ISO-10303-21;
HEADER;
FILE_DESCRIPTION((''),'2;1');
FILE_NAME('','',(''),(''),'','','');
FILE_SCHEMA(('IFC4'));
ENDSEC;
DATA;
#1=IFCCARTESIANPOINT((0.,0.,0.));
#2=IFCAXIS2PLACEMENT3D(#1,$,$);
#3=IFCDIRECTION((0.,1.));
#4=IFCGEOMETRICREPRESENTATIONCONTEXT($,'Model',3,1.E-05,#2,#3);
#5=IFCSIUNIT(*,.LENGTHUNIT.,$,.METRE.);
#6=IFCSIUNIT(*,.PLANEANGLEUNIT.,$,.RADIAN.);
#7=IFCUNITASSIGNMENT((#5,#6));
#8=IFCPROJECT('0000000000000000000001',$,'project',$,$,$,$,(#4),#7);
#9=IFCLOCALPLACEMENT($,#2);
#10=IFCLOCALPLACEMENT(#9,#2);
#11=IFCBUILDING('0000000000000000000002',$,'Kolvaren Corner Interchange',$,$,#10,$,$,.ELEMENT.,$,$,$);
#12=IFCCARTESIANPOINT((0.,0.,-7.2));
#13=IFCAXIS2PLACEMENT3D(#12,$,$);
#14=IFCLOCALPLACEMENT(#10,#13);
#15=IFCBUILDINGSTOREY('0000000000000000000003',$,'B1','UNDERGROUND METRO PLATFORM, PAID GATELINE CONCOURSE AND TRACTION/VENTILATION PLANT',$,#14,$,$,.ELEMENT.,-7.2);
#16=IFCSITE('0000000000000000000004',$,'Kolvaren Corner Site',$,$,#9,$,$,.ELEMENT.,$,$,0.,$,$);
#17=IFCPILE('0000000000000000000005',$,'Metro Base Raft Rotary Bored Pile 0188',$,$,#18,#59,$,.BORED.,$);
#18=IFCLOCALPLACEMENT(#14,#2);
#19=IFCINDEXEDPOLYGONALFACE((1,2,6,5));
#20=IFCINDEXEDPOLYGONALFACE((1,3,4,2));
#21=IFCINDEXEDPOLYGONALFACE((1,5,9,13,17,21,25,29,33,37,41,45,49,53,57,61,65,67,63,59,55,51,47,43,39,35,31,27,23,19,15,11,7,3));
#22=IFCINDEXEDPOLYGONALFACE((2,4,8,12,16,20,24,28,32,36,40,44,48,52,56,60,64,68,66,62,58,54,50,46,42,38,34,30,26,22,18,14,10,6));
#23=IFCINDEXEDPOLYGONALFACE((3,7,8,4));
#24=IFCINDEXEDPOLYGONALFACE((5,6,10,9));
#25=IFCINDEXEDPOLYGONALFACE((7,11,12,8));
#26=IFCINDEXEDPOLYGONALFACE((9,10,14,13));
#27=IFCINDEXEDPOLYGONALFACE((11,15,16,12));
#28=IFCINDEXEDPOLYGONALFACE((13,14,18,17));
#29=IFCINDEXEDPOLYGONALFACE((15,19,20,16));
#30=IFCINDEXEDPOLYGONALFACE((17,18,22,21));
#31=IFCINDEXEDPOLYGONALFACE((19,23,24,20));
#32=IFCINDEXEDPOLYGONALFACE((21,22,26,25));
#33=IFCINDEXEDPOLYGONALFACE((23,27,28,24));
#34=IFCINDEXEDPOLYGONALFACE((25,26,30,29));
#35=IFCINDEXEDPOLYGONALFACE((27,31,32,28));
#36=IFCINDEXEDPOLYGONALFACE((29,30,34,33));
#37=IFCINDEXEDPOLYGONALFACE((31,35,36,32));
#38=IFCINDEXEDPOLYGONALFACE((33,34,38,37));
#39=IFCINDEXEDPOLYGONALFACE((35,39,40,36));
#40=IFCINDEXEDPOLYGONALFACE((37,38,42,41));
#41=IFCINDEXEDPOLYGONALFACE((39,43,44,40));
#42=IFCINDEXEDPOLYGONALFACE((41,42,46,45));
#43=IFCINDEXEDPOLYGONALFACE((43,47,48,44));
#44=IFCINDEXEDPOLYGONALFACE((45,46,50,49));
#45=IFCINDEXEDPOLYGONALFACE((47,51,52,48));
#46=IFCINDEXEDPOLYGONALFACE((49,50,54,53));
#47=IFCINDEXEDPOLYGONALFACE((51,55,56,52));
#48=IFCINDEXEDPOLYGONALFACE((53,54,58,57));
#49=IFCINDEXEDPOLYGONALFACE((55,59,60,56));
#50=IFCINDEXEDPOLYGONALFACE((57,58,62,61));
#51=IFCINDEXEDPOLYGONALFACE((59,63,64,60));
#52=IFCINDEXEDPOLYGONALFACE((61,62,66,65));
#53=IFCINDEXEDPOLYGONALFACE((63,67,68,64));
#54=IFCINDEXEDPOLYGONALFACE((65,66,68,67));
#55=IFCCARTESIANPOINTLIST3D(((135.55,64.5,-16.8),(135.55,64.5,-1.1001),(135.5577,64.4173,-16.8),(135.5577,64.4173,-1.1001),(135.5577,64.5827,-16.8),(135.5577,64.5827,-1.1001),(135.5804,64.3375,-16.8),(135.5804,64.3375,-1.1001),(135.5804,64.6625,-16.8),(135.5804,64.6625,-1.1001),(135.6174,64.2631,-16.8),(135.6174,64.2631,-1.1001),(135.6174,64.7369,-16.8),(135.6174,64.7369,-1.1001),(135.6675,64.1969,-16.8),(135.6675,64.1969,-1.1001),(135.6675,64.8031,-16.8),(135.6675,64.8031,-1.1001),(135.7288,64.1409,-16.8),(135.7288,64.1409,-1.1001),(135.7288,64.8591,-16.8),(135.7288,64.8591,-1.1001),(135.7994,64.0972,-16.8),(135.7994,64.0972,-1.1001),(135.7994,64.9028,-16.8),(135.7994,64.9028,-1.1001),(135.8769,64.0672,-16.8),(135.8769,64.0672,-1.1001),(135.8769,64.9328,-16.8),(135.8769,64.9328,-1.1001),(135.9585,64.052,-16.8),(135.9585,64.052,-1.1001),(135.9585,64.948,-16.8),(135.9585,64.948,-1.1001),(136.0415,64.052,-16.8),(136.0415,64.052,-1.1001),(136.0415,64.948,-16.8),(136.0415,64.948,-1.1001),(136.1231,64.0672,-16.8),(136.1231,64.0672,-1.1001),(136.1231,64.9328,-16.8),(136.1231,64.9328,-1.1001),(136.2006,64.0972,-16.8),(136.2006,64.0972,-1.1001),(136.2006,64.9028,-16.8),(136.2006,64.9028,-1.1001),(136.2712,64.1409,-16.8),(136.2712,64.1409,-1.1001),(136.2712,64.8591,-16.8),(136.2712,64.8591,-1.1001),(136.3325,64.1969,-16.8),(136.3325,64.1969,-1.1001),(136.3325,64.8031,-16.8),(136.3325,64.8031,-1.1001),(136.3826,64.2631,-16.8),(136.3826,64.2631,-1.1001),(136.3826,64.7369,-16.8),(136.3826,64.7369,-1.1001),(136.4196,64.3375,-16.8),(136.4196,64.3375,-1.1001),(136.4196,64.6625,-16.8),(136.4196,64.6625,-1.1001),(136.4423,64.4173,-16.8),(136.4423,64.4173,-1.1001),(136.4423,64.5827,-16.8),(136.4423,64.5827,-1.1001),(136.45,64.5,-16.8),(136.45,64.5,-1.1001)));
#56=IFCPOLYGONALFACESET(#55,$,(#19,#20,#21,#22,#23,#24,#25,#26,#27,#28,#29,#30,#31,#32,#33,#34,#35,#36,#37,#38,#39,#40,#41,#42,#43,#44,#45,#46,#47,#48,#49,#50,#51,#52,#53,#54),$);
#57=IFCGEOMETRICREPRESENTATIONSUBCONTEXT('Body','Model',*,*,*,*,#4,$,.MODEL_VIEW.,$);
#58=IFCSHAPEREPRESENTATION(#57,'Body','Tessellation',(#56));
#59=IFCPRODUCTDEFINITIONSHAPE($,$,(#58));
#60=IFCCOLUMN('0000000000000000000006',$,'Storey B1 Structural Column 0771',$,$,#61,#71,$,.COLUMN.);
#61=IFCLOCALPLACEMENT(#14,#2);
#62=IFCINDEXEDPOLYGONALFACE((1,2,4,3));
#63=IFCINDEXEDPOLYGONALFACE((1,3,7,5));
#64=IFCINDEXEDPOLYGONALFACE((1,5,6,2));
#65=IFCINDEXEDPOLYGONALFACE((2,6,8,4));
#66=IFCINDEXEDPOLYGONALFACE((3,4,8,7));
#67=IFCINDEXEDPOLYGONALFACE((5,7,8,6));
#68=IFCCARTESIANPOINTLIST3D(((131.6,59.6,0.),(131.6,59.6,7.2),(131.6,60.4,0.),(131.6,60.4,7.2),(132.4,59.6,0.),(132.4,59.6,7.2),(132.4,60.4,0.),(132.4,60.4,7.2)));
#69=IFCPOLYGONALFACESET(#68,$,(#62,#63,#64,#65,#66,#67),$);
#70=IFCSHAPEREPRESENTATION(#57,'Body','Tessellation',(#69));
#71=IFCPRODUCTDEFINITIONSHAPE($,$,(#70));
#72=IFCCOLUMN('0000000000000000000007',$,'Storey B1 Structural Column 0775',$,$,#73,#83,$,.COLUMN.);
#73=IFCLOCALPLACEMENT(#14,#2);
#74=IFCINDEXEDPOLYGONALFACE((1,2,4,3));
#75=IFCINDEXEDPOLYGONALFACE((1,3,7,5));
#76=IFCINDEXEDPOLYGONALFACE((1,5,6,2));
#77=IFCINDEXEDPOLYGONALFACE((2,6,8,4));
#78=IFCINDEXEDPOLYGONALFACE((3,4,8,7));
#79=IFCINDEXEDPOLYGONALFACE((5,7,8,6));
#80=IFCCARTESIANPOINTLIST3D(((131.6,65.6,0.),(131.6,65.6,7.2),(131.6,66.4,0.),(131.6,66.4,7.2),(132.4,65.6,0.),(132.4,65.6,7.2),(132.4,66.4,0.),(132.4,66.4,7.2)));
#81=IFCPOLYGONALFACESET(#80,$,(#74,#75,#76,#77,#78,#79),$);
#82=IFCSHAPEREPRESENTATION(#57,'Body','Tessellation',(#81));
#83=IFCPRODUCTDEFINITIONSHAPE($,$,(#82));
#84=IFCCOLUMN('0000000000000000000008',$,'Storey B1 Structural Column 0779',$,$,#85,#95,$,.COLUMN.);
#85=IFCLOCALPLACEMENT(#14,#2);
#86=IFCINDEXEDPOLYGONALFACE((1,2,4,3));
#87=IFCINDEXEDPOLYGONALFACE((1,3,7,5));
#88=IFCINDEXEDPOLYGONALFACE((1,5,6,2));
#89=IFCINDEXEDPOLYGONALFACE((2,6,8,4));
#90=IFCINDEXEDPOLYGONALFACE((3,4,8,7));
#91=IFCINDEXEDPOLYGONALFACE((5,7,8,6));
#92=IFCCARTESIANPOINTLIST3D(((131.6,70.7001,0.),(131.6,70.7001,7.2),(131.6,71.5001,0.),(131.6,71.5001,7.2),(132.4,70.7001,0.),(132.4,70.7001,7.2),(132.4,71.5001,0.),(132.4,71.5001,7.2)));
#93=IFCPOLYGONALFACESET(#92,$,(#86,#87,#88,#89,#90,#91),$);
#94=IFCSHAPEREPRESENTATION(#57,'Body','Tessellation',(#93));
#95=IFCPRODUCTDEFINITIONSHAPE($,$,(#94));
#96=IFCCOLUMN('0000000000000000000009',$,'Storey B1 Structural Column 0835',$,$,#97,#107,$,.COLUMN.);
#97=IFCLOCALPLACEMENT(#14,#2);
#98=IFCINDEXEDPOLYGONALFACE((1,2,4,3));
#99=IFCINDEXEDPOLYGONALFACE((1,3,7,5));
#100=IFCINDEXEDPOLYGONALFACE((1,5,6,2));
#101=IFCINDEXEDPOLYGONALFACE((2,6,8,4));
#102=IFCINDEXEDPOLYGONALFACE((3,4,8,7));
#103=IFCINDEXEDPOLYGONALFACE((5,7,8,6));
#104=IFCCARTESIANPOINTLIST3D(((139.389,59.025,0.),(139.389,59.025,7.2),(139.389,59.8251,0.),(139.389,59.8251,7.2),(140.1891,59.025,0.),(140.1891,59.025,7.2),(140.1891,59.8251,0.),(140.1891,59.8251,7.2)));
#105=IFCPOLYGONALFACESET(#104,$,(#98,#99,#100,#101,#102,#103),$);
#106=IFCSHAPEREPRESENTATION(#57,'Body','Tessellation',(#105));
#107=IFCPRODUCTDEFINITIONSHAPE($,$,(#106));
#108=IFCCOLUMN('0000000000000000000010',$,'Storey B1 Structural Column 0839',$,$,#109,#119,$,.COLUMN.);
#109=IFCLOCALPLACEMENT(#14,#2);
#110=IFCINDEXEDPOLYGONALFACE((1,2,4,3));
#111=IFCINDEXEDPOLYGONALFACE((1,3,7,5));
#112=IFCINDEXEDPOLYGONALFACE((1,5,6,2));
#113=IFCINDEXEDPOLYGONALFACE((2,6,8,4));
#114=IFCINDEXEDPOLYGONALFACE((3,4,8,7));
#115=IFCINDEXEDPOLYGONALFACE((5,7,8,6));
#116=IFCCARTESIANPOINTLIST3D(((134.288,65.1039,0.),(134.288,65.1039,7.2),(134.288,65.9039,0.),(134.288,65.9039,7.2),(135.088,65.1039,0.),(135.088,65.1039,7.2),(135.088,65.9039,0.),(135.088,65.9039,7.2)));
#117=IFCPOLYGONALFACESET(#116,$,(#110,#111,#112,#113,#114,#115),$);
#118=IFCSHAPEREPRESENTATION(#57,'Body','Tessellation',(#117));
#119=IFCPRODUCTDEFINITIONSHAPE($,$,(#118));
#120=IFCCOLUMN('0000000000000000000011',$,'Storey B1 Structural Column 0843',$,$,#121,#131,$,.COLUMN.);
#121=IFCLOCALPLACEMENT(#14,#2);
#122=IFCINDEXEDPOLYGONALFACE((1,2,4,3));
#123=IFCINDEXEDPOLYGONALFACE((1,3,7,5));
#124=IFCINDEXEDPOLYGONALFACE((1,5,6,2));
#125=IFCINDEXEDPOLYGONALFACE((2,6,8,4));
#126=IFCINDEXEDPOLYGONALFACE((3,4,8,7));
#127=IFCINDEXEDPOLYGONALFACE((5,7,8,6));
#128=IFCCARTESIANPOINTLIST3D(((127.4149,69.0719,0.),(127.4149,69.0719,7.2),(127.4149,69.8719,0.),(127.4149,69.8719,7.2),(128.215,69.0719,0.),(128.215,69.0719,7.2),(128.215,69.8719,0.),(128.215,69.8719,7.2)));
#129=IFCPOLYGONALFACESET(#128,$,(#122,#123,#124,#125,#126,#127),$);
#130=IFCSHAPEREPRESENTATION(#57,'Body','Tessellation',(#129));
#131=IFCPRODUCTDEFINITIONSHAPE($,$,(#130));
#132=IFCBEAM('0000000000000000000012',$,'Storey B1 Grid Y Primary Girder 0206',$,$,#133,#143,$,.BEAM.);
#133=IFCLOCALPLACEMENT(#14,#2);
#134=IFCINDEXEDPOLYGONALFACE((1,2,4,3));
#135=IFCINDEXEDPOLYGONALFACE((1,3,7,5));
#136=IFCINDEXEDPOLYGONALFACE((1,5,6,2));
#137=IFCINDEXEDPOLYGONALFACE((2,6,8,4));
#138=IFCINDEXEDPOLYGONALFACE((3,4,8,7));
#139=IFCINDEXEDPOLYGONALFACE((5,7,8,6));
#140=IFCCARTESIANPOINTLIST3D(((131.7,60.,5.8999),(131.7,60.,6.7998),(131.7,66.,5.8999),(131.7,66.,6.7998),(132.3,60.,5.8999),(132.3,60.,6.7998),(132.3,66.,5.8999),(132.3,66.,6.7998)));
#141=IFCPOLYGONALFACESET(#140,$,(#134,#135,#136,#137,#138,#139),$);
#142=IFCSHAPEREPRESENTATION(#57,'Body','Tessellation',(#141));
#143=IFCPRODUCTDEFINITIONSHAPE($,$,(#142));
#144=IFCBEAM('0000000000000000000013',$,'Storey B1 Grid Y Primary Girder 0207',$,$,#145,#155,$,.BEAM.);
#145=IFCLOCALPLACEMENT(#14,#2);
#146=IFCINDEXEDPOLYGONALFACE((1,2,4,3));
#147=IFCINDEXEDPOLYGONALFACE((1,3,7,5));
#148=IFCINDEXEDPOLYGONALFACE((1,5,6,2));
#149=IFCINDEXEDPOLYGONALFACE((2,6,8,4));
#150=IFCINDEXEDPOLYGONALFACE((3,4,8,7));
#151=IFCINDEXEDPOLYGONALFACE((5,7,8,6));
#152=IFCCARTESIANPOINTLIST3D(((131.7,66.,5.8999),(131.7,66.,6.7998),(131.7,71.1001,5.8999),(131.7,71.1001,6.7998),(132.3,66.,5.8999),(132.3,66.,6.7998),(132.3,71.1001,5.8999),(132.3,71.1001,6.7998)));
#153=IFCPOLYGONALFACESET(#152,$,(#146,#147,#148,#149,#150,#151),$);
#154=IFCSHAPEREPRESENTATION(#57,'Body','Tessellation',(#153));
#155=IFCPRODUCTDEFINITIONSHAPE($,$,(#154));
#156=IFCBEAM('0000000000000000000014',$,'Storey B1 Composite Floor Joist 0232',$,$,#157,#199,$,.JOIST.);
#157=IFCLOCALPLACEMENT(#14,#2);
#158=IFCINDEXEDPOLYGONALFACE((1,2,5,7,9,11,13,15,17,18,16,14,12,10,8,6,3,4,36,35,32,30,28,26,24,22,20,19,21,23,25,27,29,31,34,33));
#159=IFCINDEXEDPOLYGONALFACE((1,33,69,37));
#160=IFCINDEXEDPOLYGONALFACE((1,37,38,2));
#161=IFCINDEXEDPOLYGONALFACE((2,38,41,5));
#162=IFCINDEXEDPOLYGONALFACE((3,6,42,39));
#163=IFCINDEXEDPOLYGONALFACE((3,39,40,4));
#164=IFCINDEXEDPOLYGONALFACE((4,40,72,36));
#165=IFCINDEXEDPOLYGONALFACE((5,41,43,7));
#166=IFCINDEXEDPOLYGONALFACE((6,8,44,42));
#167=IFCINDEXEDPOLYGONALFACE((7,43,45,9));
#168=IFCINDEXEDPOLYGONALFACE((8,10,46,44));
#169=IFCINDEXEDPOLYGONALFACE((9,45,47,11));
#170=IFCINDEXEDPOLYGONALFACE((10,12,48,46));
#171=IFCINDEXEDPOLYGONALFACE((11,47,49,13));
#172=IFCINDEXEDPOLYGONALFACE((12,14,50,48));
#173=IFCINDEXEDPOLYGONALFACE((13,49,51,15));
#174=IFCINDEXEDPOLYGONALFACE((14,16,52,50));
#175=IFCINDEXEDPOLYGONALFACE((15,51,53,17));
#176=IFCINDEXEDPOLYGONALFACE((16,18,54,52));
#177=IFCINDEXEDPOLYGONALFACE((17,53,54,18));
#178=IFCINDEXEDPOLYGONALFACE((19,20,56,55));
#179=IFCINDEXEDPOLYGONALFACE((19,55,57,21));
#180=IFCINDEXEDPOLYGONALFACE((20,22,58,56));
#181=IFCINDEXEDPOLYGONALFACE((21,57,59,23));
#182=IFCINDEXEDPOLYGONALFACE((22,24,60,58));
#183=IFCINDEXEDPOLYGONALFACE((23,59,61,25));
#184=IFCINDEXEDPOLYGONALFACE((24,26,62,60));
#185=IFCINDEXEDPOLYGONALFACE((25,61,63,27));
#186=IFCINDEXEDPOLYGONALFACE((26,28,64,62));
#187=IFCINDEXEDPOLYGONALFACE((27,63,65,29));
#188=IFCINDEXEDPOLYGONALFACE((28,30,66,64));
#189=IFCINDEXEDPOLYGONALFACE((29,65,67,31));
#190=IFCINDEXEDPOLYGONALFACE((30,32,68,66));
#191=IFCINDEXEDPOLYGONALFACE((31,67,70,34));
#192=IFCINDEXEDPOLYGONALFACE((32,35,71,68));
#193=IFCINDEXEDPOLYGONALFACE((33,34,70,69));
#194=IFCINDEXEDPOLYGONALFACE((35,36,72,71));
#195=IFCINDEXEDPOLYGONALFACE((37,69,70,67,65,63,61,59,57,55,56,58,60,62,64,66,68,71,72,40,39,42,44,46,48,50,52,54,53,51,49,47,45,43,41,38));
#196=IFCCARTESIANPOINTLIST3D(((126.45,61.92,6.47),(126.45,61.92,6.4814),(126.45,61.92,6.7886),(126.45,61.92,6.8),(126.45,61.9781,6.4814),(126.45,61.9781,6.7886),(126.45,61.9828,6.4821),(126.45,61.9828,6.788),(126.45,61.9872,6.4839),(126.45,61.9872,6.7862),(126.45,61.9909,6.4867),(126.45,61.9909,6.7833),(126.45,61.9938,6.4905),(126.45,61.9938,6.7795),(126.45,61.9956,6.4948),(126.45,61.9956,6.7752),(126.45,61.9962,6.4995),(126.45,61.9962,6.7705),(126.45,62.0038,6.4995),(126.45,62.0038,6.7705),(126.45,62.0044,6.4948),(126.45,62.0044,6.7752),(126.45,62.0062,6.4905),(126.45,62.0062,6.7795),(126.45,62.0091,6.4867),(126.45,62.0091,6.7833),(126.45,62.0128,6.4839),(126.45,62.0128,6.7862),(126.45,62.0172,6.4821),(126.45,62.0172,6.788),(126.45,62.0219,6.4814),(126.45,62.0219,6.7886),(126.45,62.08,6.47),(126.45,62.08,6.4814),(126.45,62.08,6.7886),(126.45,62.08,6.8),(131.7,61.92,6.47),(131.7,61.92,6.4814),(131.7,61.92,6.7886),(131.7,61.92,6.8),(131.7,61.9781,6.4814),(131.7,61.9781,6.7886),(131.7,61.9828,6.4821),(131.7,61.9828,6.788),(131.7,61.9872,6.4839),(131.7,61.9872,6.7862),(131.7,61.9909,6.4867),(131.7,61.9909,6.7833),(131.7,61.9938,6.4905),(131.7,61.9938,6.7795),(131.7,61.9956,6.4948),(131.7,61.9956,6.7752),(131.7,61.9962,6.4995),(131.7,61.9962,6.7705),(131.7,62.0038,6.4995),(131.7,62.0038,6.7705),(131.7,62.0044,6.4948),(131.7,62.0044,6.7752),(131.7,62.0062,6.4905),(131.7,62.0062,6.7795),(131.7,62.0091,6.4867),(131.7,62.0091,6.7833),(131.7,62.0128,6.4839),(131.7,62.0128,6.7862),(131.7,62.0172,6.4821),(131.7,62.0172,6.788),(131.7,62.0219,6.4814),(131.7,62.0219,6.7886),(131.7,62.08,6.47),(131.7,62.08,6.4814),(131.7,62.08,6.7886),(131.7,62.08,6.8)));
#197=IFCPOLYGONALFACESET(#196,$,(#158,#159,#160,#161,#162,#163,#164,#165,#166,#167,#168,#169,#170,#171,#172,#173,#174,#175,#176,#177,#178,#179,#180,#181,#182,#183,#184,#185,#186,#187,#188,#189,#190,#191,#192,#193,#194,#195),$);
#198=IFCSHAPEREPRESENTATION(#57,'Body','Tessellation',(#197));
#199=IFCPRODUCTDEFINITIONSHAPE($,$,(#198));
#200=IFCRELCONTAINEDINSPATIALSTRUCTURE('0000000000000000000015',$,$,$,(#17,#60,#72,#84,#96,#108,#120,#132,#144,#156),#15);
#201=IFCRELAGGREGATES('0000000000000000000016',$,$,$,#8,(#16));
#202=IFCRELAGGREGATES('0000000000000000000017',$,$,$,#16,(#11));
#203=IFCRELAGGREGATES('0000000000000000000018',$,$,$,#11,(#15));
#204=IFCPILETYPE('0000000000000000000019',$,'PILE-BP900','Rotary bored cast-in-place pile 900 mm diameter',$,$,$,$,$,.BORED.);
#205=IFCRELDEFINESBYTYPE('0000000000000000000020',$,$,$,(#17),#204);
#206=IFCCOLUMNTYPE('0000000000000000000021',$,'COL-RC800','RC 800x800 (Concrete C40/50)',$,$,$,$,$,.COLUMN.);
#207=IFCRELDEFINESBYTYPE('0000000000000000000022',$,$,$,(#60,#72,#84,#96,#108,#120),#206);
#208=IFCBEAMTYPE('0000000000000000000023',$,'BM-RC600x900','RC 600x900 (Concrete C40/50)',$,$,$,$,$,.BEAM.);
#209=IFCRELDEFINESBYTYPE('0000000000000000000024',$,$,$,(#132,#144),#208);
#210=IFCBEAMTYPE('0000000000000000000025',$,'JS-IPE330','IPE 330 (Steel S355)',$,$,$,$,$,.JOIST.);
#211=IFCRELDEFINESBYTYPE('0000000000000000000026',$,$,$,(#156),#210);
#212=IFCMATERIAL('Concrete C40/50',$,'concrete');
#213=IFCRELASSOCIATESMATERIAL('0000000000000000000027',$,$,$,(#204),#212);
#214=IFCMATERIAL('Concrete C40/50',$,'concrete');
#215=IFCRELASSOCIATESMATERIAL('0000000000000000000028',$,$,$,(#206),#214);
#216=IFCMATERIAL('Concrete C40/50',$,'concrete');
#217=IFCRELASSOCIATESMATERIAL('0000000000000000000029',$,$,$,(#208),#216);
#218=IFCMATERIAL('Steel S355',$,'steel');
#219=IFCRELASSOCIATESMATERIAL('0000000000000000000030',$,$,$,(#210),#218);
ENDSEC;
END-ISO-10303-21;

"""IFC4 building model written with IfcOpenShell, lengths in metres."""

from ifc_helpers import new_model, si_unit, direction, frame, origin, origin_2d, place, context, subcontext, project, spatial, rectangle, circle, i_section, extrude, material, material_profile, profile_set, type_object, element, save


model = new_model("IFC4")

# Units and contexts
model_context = context("Model", 3, precision=1e-05, world=origin(), true_north=direction((0.0, 1.0)))
body_context = subcontext(model_context, "Body", "Model", "MODEL_VIEW")
ifc_project = project(units=[si_unit("LENGTHUNIT", "METRE"), si_unit("PLANEANGLEUNIT", "RADIAN")], contexts=[model_context])

# Site, building, storey
site_placement = place(None, origin())
site = spatial("IfcSite", under=ifc_project, at=site_placement, Name="Kolvaren Corner Site", CompositionType="ELEMENT", RefElevation=0.0)
building_placement = place(site_placement, origin())
building = spatial("IfcBuilding", under=site, at=building_placement, Name="Kolvaren Corner Interchange", CompositionType="ELEMENT")
storey_placement = place(building_placement, frame((0.0, 0.0, -7.2)))
storey = spatial("IfcBuildingStorey", under=building, at=storey_placement, Name="B1", Description="UNDERGROUND METRO PLATFORM, PAID GATELINE CONCOURSE AND TRACTION/VENTILATION PLANT", CompositionType="ELEMENT", Elevation=-7.2)

# Pile
ifc_material_1 = material(Name="Concrete C40/50", Category="concrete")
ifc_material_profile_1 = material_profile(ifc_material_1, circle(Radius=0.45, at=origin_2d()), Name="BORED PILE 900")
ifc_profile_set_1 = profile_set([ifc_material_profile_1], Name="Concrete C40/50")
pile_type_1 = type_object("IfcPileType", Name="PILE-BP900", Description="Rotary bored cast-in-place pile 900 mm diameter", PredefinedType="BORED", material=ifc_profile_set_1)
for number, where, z_axis, x_axis, name in (
    (1, (136.0, 64.5, -1.1001), (0.0, 0.0, -1.0), (1.0, 0.0, 0.0), "Metro Base Raft Rotary Bored Pile 0188"),
):
    element("IfcPile", number, at=place(storey_placement, frame(where, z_axis=z_axis, x_axis=x_axis)), inside=storey, type_object=pile_type_1, Name=name, PredefinedType="BORED", context=body_context, shape_type="SweptSolid", body=[
        extrude(circle(Radius=0.45, at=origin_2d()), origin(), (0.0, 0.0, 1.0), 15.7),
    ])

# Columns
ifc_material_2 = material(Name="Concrete C40/50", Category="concrete")
ifc_material_profile_2 = material_profile(ifc_material_2, rectangle(XDim=0.8, YDim=0.8, at=origin_2d()), Name="RC 800x800")
ifc_profile_set_2 = profile_set([ifc_material_profile_2], Name="Concrete C40/50")
column_type = type_object("IfcColumnType", Name="COL-RC800", Description="RC 800x800 (Concrete C40/50)", PredefinedType="COLUMN", material=ifc_profile_set_2)
for number, where, z_axis, x_axis, name in (
    (2, (132.0, 60.0, 0.0), (0.0, 0.0, 1.0), (1.0, 0.0, 0.0), "Storey B1 Structural Column 0771"),
    (3, (132.0, 66.0, 0.0), (0.0, 0.0, 1.0), (1.0, 0.0, 0.0), "Storey B1 Structural Column 0775"),
    (4, (132.0, 71.1001, 0.0), (0.0, 0.0, 1.0), (1.0, 0.0, 0.0), "Storey B1 Structural Column 0779"),
    (5, (139.7891, 59.425, 0.0), (0.0, 0.0, 1.0), (1.0, 0.0, 0.0), "Storey B1 Structural Column 0835"),
    (6, (134.688, 65.5039, 0.0), (0.0, 0.0, 1.0), (1.0, 0.0, 0.0), "Storey B1 Structural Column 0839"),
    (7, (127.8149, 69.4719, 0.0), (0.0, 0.0, 1.0), (1.0, 0.0, 0.0), "Storey B1 Structural Column 0843"),
):
    element("IfcColumn", number, at=place(storey_placement, frame(where, z_axis=z_axis, x_axis=x_axis)), inside=storey, type_object=column_type, Name=name, PredefinedType="COLUMN", context=body_context, shape_type="SweptSolid", body=[
        extrude(rectangle(XDim=0.8, YDim=0.8, at=origin_2d()), origin(), (0.0, 0.0, 1.0), 7.2),
    ])

# Beams
ifc_material_3 = material(Name="Concrete C40/50", Category="concrete")
ifc_material_profile_3 = material_profile(ifc_material_3, rectangle(XDim=0.6001, YDim=0.8999, at=origin_2d()), Name="RC 600x900")
ifc_profile_set_3 = profile_set([ifc_material_profile_3], Name="Concrete C40/50")
beam_type_1 = type_object("IfcBeamType", Name="BM-RC600x900", Description="RC 600x900 (Concrete C40/50)", PredefinedType="BEAM", material=ifc_profile_set_3)
beam_1_placement = place(storey_placement, frame((132.0, 60.0, 6.3499), z_axis=(0.0, 1.0, 0.0), x_axis=(-1.0, 0.0, 0.0)))
element("IfcBeam", 8, at=beam_1_placement, inside=storey, type_object=beam_type_1, Name="Storey B1 Grid Y Primary Girder 0206", PredefinedType="BEAM", context=body_context, shape_type="SweptSolid", body=[
    extrude(rectangle(XDim=0.6001, YDim=0.8999, at=origin_2d()), origin(), (0.0, 0.0, 1.0), 6.0),
])
beam_2_placement = place(storey_placement, frame((132.0, 66.0, 6.3499), z_axis=(0.0, 1.0, 0.0), x_axis=(-1.0, 0.0, 0.0)))
element("IfcBeam", 9, at=beam_2_placement, inside=storey, type_object=beam_type_1, Name="Storey B1 Grid Y Primary Girder 0207", PredefinedType="BEAM", context=body_context, shape_type="SweptSolid", body=[
    extrude(rectangle(XDim=0.6001, YDim=0.8999, at=origin_2d()), origin(), (0.0, 0.0, 1.0), 5.1001),
])
ifc_material_4 = material(Name="Steel S355", Category="steel")
ifc_material_profile_4 = material_profile(ifc_material_4, i_section(OverallWidth=0.1599, OverallDepth=0.3301, WebThickness=0.0076, FlangeThickness=0.0115, FilletRadius=0.0181, at=origin_2d()), Name="IPE 330")
ifc_profile_set_4 = profile_set([ifc_material_profile_4], Name="Steel S355")
beam_type_2 = type_object("IfcBeamType", Name="JS-IPE330", Description="IPE 330 (Steel S355)", PredefinedType="JOIST", material=ifc_profile_set_4)
for number, where, z_axis, x_axis, name in (
    (10, (126.45, 62.0, 6.635), (1.0, 0.0, 0.0), (0.0, 1.0, 0.0), "Storey B1 Composite Floor Joist 0232"),
):
    element("IfcBeam", number, at=place(storey_placement, frame(where, z_axis=z_axis, x_axis=x_axis)), inside=storey, type_object=beam_type_2, Name=name, PredefinedType="JOIST", context=body_context, shape_type="SweptSolid", body=[
        extrude(i_section(OverallWidth=0.1599, OverallDepth=0.3301, WebThickness=0.0076, FlangeThickness=0.0115, FilletRadius=0.0181, at=origin_2d()), origin(), (0.0, 0.0, 1.0), 5.25),
    ])

save(model, "model.ifc")
